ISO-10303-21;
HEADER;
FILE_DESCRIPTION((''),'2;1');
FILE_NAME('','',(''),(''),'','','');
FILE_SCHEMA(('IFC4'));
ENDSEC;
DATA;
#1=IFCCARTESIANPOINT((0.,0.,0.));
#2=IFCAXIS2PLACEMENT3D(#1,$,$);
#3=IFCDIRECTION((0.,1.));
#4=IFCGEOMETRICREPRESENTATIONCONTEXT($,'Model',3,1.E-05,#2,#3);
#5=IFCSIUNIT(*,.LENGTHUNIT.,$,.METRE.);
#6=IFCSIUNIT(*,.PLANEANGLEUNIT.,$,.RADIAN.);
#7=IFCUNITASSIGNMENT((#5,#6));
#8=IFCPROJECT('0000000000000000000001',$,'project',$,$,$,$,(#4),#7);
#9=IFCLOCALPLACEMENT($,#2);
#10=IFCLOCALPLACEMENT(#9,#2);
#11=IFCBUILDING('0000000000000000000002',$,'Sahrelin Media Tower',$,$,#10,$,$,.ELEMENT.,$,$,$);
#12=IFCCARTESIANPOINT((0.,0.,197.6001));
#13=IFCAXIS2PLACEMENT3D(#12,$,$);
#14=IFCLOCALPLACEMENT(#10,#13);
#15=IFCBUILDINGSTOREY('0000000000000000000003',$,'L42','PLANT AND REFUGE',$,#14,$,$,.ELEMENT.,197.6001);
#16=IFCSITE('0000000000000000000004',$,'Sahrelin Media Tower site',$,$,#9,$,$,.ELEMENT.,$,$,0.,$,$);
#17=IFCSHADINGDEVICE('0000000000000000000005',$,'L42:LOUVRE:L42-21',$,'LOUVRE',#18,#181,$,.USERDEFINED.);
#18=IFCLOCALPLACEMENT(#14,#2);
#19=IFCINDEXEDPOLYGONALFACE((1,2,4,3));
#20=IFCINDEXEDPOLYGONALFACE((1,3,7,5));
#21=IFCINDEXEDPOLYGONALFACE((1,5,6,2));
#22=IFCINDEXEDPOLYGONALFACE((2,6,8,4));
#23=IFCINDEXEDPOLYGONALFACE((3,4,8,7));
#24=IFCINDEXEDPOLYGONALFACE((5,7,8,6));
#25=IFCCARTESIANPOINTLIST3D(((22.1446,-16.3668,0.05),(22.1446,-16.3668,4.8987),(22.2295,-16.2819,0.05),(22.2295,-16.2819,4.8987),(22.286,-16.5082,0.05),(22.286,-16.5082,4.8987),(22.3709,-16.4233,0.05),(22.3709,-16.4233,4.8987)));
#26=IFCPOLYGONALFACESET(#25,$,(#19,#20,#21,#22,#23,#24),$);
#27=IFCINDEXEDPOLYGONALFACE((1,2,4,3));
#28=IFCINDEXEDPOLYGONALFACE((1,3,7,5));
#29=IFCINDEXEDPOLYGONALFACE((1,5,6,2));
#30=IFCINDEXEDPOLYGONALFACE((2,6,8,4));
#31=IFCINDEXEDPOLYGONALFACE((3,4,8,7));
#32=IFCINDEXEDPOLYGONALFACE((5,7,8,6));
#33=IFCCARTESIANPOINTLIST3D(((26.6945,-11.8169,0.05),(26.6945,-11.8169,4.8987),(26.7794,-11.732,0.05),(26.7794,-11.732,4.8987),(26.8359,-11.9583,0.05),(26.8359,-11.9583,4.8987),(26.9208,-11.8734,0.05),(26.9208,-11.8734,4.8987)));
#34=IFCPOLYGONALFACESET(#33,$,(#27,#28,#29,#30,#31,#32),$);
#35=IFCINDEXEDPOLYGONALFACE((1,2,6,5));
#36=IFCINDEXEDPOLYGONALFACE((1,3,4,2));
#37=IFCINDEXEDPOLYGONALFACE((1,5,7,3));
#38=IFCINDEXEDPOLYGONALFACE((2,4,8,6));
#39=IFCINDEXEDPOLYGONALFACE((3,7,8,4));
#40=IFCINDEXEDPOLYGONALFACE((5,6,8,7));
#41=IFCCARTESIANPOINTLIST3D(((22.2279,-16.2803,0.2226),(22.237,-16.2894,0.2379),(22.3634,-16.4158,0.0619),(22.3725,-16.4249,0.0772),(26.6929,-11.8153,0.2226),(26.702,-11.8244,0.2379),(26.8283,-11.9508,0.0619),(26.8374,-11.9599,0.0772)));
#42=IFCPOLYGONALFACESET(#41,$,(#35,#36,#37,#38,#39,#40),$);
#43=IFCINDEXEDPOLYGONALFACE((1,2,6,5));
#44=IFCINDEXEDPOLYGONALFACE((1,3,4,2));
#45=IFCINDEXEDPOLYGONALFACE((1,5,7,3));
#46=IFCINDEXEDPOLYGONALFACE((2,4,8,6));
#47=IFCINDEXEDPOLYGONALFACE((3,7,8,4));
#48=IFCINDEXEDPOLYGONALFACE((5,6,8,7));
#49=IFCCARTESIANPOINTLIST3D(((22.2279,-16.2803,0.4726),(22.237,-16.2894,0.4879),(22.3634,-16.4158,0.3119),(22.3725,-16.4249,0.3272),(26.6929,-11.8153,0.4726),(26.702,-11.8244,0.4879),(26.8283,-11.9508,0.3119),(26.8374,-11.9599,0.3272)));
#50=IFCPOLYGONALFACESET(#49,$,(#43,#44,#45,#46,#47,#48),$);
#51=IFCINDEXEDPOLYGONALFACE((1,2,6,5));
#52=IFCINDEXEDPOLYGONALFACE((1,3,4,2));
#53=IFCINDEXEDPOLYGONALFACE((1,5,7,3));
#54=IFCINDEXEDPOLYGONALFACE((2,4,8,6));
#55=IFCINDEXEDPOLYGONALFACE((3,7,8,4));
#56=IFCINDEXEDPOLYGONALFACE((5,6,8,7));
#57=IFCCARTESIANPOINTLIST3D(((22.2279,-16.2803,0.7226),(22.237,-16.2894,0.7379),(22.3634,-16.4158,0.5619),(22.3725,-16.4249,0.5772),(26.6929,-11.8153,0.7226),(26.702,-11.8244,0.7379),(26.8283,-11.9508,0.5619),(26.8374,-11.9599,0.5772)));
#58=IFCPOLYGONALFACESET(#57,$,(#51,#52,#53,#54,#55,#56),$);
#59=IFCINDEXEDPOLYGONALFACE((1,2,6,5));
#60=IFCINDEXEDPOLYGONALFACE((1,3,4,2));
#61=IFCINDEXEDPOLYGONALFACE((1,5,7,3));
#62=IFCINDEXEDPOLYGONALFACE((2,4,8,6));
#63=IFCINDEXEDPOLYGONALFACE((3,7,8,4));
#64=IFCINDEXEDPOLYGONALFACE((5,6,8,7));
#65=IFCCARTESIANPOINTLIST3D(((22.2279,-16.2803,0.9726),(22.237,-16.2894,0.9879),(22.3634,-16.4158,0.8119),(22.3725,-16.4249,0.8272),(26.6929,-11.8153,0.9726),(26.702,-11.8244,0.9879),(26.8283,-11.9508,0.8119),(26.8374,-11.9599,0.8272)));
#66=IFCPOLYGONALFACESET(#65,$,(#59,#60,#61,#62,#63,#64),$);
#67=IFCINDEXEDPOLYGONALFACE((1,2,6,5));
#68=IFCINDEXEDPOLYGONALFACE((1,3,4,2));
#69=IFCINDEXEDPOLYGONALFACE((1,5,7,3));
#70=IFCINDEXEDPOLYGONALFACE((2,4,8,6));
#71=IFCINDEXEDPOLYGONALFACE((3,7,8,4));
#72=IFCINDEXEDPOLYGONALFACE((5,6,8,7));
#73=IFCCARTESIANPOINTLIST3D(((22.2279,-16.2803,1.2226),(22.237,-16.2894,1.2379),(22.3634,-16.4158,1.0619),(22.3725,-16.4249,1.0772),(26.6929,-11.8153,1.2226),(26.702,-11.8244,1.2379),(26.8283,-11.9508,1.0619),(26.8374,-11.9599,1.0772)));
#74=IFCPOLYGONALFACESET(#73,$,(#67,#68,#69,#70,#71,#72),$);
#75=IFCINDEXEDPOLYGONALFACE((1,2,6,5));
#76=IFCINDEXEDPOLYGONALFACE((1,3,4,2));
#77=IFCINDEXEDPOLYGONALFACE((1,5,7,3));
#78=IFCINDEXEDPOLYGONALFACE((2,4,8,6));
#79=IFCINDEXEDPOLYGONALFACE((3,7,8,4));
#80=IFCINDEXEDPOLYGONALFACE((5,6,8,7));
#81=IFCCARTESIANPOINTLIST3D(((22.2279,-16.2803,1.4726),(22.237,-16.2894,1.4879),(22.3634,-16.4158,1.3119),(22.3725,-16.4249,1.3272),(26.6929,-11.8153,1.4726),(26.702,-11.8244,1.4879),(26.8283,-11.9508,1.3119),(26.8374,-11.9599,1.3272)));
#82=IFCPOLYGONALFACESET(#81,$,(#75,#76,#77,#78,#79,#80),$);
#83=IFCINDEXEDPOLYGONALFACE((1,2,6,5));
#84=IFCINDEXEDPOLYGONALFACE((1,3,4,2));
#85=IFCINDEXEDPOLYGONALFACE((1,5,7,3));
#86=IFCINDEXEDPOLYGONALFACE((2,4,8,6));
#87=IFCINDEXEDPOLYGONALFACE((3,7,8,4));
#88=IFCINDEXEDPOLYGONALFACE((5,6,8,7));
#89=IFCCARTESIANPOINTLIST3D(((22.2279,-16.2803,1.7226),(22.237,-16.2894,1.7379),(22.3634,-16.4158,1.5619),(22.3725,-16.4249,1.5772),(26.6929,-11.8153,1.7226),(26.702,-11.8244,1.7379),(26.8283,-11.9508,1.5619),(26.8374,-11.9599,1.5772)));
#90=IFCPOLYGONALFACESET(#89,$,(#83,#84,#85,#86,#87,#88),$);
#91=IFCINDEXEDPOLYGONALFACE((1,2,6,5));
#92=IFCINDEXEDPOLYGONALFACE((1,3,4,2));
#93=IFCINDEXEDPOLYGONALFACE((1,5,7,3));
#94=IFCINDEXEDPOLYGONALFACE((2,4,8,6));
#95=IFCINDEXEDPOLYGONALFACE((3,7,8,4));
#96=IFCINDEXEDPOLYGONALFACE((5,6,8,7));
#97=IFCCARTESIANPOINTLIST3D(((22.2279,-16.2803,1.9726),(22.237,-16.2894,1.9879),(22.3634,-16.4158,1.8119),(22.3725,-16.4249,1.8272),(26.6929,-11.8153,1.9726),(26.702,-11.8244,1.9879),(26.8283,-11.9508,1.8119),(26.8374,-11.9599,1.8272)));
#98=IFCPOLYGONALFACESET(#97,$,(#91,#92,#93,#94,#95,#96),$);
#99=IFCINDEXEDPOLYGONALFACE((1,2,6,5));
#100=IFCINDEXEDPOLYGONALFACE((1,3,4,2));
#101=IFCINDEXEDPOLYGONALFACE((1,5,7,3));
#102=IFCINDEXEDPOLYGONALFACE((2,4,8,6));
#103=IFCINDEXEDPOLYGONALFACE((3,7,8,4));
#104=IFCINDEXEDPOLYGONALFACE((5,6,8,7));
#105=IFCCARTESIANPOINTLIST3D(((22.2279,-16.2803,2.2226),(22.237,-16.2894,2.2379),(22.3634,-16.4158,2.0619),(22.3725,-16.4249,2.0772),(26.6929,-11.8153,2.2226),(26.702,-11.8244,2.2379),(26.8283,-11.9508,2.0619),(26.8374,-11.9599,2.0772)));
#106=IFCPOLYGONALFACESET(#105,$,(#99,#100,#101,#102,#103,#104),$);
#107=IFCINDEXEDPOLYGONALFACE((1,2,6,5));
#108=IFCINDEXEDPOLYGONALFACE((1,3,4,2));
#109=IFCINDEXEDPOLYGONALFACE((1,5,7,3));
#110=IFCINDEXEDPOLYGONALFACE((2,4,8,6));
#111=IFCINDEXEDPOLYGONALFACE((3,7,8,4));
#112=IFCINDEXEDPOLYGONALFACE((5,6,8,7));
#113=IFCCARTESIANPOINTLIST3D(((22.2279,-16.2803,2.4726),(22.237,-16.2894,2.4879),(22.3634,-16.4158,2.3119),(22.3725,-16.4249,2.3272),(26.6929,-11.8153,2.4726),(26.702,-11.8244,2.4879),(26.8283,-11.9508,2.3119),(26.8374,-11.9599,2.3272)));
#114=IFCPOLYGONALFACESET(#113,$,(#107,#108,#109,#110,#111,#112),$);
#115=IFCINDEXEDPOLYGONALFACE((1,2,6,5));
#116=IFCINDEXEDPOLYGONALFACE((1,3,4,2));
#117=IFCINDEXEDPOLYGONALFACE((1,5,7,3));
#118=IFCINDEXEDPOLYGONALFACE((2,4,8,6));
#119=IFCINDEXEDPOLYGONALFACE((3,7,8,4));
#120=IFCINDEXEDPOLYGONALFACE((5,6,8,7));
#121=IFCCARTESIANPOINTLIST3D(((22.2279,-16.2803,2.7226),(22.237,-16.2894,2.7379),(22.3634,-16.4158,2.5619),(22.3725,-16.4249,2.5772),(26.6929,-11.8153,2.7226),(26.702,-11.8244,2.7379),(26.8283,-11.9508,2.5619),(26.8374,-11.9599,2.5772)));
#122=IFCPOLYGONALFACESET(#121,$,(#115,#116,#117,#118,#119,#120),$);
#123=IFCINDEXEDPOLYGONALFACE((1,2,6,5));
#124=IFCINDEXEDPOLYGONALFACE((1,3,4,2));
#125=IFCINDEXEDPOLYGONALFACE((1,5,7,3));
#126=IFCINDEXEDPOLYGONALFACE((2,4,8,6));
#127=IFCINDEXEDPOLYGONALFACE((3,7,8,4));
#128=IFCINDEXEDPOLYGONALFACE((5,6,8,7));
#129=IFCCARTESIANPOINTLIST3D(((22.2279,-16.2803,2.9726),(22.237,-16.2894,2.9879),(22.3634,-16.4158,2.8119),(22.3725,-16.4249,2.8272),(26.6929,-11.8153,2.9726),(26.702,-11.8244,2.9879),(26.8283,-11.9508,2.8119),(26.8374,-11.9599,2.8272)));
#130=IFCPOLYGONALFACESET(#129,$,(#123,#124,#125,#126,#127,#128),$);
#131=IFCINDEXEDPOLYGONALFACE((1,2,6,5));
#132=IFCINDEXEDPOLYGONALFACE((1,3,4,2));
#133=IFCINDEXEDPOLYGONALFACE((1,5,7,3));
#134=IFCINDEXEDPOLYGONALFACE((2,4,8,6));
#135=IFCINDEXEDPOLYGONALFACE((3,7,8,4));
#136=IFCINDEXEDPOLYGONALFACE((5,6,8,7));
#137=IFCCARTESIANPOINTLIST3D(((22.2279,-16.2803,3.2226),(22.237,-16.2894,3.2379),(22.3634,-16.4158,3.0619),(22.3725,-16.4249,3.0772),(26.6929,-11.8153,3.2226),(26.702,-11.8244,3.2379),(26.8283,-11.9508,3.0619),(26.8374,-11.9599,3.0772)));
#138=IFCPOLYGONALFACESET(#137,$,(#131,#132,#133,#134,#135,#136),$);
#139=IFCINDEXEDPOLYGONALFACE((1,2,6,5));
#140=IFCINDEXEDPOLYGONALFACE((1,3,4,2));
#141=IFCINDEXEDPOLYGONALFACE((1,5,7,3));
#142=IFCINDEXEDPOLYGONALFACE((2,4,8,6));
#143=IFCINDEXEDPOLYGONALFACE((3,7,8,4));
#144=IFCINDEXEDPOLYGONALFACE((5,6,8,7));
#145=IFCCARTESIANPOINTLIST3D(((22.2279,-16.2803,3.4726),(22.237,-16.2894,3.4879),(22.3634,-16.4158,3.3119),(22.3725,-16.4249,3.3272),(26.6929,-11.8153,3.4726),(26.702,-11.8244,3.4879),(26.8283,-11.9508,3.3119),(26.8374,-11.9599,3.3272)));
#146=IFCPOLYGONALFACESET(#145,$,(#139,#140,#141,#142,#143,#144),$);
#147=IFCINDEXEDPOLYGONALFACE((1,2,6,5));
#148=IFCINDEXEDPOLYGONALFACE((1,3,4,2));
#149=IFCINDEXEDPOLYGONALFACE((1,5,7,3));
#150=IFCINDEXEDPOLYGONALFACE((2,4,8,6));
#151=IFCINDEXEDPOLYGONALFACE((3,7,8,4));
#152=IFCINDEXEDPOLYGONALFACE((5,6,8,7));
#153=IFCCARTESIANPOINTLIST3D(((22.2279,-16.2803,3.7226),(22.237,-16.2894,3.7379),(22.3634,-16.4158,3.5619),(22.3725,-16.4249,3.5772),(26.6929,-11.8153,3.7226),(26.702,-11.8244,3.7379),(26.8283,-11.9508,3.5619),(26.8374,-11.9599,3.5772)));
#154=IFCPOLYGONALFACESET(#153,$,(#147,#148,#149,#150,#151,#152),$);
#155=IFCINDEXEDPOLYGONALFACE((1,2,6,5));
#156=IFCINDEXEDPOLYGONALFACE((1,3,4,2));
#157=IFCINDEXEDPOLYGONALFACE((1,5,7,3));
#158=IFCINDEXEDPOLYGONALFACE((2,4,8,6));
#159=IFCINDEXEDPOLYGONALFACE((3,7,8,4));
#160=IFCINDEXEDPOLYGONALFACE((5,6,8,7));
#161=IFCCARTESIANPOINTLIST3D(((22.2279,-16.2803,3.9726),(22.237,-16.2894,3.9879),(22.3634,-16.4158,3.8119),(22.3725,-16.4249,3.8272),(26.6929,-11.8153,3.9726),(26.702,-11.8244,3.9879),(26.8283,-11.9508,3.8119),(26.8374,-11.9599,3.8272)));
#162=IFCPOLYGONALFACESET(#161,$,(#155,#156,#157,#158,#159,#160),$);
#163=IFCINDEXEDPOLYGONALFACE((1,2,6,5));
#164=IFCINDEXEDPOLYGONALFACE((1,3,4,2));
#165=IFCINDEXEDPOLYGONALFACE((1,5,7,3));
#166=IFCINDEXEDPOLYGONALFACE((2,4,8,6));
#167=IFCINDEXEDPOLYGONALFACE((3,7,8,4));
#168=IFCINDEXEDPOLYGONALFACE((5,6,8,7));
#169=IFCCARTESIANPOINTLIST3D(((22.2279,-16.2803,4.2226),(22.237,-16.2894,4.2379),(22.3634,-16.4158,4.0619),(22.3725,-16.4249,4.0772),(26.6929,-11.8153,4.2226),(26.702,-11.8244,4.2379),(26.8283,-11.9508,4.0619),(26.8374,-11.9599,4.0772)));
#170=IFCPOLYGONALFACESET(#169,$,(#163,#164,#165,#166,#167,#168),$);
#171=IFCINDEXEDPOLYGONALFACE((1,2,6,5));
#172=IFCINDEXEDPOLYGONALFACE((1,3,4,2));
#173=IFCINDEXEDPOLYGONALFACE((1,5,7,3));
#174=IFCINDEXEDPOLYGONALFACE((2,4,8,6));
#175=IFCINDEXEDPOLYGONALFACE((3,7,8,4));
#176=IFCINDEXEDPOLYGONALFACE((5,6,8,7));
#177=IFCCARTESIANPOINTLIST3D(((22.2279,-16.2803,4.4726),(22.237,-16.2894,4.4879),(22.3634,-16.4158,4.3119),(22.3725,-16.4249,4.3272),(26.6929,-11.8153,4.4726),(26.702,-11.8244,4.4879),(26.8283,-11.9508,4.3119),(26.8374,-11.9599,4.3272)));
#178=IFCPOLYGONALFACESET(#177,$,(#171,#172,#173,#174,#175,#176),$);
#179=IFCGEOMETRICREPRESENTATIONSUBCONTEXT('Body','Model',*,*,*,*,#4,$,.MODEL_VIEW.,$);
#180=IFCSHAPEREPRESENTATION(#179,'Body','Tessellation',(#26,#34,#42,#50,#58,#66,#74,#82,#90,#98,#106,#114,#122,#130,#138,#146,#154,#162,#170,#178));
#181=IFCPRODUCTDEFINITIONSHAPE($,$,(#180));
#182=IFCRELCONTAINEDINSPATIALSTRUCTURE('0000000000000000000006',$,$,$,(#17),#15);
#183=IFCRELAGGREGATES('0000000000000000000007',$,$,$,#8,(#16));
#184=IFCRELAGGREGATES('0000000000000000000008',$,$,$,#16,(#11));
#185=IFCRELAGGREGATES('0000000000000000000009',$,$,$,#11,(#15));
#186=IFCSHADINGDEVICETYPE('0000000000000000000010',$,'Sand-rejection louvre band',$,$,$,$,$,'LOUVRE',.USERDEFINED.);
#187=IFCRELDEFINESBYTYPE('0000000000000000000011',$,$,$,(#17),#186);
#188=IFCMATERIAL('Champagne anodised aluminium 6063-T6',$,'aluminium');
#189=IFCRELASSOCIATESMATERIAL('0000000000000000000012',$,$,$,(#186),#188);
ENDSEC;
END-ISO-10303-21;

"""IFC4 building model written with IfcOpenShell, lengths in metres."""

from ifc_helpers import new_model, si_unit, direction, frame, origin, origin_2d, place, context, subcontext, project, spatial, rectangle, extrude, material, type_object, element, save


model = new_model("IFC4")

# Units and contexts
model_context = context("Model", 3, precision=1e-05, world=origin(), true_north=direction((0.0, 1.0)))
body_context = subcontext(model_context, "Body", "Model", "MODEL_VIEW")
ifc_project = project(units=[si_unit("LENGTHUNIT", "METRE"), si_unit("PLANEANGLEUNIT", "RADIAN")], contexts=[model_context])

# Site, building, storey
site_placement = place(None, origin())
site = spatial("IfcSite", under=ifc_project, at=site_placement, Name="Sahrelin Media Tower site", CompositionType="ELEMENT", RefElevation=0.0)
building_placement = place(site_placement, origin())
building = spatial("IfcBuilding", under=site, at=building_placement, Name="Sahrelin Media Tower", CompositionType="ELEMENT")
storey_placement = place(building_placement, frame((0.0, 0.0, 197.6001)))
storey = spatial("IfcBuildingStorey", under=building, at=storey_placement, Name="L42", Description="PLANT AND REFUGE", CompositionType="ELEMENT", Elevation=197.6001)

# Shading device
ifc_material_1 = material(Name="Champagne anodised aluminium 6063-T6", Category="aluminium")
shading_device_type = type_object("IfcShadingDeviceType", Name="Sand-rejection louvre band", ElementType="LOUVRE", PredefinedType="USERDEFINED", material=ifc_material_1)
shading_device_1_placement = place(storey_placement, frame((24.4619, -14.0493, 0.0), z_axis=(0.0, 0.0, 1.0), x_axis=(-0.707107, -0.707107, 0.0)))
element("IfcShadingDevice", 1, at=shading_device_1_placement, inside=storey, type_object=shading_device_type, Name="L42:LOUVRE:L42-21", ObjectType="LOUVRE", PredefinedType="USERDEFINED", context=body_context, shape_type="SweptSolid", body=[
    extrude(rectangle(XDim=0.1201, YDim=0.2, at=origin_2d()), frame((3.2173, 0.1001, 0.05), z_axis=(0.0, 0.0, 1.0), x_axis=(1.0, 0.0, 0.0)), (0.0, 0.0, 1.0), 4.8486),
    extrude(rectangle(XDim=0.1201, YDim=0.2, at=origin_2d()), frame((-3.2173, 0.1001, 0.05), z_axis=(0.0, 0.0, 1.0), x_axis=(1.0, 0.0, 0.0)), (0.0, 0.0, 1.0), 4.8486),
    extrude(rectangle(XDim=0.25, YDim=0.02, at=origin_2d()), frame((3.1572, 0.1001, 0.1499), z_axis=(-1.0, 0.0, 0.0), x_axis=(0.0, -0.766044, 0.642788)), (0.0, 0.0, 1.0), 6.3145),
    extrude(rectangle(XDim=0.25, YDim=0.02, at=origin_2d()), frame((3.1572, 0.1001, 0.3999), z_axis=(-1.0, 0.0, 0.0), x_axis=(0.0, -0.766044, 0.642788)), (0.0, 0.0, 1.0), 6.3145),
    extrude(rectangle(XDim=0.25, YDim=0.02, at=origin_2d()), frame((3.1572, 0.1001, 0.6499), z_axis=(-1.0, 0.0, 0.0), x_axis=(0.0, -0.766044, 0.642788)), (0.0, 0.0, 1.0), 6.3145),
    extrude(rectangle(XDim=0.25, YDim=0.02, at=origin_2d()), frame((3.1572, 0.1001, 0.8999), z_axis=(-1.0, 0.0, 0.0), x_axis=(0.0, -0.766044, 0.642788)), (0.0, 0.0, 1.0), 6.3145),
    extrude(rectangle(XDim=0.25, YDim=0.02, at=origin_2d()), frame((3.1572, 0.1001, 1.1499), z_axis=(-1.0, 0.0, 0.0), x_axis=(0.0, -0.766044, 0.642788)), (0.0, 0.0, 1.0), 6.3145),
    extrude(rectangle(XDim=0.25, YDim=0.02, at=origin_2d()), frame((3.1572, 0.1001, 1.3999), z_axis=(-1.0, 0.0, 0.0), x_axis=(0.0, -0.766044, 0.642788)), (0.0, 0.0, 1.0), 6.3145),
    extrude(rectangle(XDim=0.25, YDim=0.02, at=origin_2d()), frame((3.1572, 0.1001, 1.6499), z_axis=(-1.0, 0.0, 0.0), x_axis=(0.0, -0.766044, 0.642788)), (0.0, 0.0, 1.0), 6.3145),
    extrude(rectangle(XDim=0.25, YDim=0.02, at=origin_2d()), frame((3.1572, 0.1001, 1.8999), z_axis=(-1.0, 0.0, 0.0), x_axis=(0.0, -0.766044, 0.642788)), (0.0, 0.0, 1.0), 6.3145),
    extrude(rectangle(XDim=0.25, YDim=0.02, at=origin_2d()), frame((3.1572, 0.1001, 2.1499), z_axis=(-1.0, 0.0, 0.0), x_axis=(0.0, -0.766044, 0.642788)), (0.0, 0.0, 1.0), 6.3145),
    extrude(rectangle(XDim=0.25, YDim=0.02, at=origin_2d()), frame((3.1572, 0.1001, 2.3999), z_axis=(-1.0, 0.0, 0.0), x_axis=(0.0, -0.766044, 0.642788)), (0.0, 0.0, 1.0), 6.3145),
    extrude(rectangle(XDim=0.25, YDim=0.02, at=origin_2d()), frame((3.1572, 0.1001, 2.6499), z_axis=(-1.0, 0.0, 0.0), x_axis=(0.0, -0.766044, 0.642788)), (0.0, 0.0, 1.0), 6.3145),
    extrude(rectangle(XDim=0.25, YDim=0.02, at=origin_2d()), frame((3.1572, 0.1001, 2.8999), z_axis=(-1.0, 0.0, 0.0), x_axis=(0.0, -0.766044, 0.642788)), (0.0, 0.0, 1.0), 6.3145),
    extrude(rectangle(XDim=0.25, YDim=0.02, at=origin_2d()), frame((3.1572, 0.1001, 3.1499), z_axis=(-1.0, 0.0, 0.0), x_axis=(0.0, -0.766044, 0.642788)), (0.0, 0.0, 1.0), 6.3145),
    extrude(rectangle(XDim=0.25, YDim=0.02, at=origin_2d()), frame((3.1572, 0.1001, 3.3999), z_axis=(-1.0, 0.0, 0.0), x_axis=(0.0, -0.766044, 0.642788)), (0.0, 0.0, 1.0), 6.3145),
    extrude(rectangle(XDim=0.25, YDim=0.02, at=origin_2d()), frame((3.1572, 0.1001, 3.6499), z_axis=(-1.0, 0.0, 0.0), x_axis=(0.0, -0.766044, 0.642788)), (0.0, 0.0, 1.0), 6.3145),
    extrude(rectangle(XDim=0.25, YDim=0.02, at=origin_2d()), frame((3.1572, 0.1001, 3.8999), z_axis=(-1.0, 0.0, 0.0), x_axis=(0.0, -0.766044, 0.642788)), (0.0, 0.0, 1.0), 6.3145),
    extrude(rectangle(XDim=0.25, YDim=0.02, at=origin_2d()), frame((3.1572, 0.1001, 4.1499), z_axis=(-1.0, 0.0, 0.0), x_axis=(0.0, -0.766044, 0.642788)), (0.0, 0.0, 1.0), 6.3145),
    extrude(rectangle(XDim=0.25, YDim=0.02, at=origin_2d()), frame((3.1572, 0.1001, 4.3999), z_axis=(-1.0, 0.0, 0.0), x_axis=(0.0, -0.766044, 0.642788)), (0.0, 0.0, 1.0), 6.3145),
])

save(model, "model.ifc")
